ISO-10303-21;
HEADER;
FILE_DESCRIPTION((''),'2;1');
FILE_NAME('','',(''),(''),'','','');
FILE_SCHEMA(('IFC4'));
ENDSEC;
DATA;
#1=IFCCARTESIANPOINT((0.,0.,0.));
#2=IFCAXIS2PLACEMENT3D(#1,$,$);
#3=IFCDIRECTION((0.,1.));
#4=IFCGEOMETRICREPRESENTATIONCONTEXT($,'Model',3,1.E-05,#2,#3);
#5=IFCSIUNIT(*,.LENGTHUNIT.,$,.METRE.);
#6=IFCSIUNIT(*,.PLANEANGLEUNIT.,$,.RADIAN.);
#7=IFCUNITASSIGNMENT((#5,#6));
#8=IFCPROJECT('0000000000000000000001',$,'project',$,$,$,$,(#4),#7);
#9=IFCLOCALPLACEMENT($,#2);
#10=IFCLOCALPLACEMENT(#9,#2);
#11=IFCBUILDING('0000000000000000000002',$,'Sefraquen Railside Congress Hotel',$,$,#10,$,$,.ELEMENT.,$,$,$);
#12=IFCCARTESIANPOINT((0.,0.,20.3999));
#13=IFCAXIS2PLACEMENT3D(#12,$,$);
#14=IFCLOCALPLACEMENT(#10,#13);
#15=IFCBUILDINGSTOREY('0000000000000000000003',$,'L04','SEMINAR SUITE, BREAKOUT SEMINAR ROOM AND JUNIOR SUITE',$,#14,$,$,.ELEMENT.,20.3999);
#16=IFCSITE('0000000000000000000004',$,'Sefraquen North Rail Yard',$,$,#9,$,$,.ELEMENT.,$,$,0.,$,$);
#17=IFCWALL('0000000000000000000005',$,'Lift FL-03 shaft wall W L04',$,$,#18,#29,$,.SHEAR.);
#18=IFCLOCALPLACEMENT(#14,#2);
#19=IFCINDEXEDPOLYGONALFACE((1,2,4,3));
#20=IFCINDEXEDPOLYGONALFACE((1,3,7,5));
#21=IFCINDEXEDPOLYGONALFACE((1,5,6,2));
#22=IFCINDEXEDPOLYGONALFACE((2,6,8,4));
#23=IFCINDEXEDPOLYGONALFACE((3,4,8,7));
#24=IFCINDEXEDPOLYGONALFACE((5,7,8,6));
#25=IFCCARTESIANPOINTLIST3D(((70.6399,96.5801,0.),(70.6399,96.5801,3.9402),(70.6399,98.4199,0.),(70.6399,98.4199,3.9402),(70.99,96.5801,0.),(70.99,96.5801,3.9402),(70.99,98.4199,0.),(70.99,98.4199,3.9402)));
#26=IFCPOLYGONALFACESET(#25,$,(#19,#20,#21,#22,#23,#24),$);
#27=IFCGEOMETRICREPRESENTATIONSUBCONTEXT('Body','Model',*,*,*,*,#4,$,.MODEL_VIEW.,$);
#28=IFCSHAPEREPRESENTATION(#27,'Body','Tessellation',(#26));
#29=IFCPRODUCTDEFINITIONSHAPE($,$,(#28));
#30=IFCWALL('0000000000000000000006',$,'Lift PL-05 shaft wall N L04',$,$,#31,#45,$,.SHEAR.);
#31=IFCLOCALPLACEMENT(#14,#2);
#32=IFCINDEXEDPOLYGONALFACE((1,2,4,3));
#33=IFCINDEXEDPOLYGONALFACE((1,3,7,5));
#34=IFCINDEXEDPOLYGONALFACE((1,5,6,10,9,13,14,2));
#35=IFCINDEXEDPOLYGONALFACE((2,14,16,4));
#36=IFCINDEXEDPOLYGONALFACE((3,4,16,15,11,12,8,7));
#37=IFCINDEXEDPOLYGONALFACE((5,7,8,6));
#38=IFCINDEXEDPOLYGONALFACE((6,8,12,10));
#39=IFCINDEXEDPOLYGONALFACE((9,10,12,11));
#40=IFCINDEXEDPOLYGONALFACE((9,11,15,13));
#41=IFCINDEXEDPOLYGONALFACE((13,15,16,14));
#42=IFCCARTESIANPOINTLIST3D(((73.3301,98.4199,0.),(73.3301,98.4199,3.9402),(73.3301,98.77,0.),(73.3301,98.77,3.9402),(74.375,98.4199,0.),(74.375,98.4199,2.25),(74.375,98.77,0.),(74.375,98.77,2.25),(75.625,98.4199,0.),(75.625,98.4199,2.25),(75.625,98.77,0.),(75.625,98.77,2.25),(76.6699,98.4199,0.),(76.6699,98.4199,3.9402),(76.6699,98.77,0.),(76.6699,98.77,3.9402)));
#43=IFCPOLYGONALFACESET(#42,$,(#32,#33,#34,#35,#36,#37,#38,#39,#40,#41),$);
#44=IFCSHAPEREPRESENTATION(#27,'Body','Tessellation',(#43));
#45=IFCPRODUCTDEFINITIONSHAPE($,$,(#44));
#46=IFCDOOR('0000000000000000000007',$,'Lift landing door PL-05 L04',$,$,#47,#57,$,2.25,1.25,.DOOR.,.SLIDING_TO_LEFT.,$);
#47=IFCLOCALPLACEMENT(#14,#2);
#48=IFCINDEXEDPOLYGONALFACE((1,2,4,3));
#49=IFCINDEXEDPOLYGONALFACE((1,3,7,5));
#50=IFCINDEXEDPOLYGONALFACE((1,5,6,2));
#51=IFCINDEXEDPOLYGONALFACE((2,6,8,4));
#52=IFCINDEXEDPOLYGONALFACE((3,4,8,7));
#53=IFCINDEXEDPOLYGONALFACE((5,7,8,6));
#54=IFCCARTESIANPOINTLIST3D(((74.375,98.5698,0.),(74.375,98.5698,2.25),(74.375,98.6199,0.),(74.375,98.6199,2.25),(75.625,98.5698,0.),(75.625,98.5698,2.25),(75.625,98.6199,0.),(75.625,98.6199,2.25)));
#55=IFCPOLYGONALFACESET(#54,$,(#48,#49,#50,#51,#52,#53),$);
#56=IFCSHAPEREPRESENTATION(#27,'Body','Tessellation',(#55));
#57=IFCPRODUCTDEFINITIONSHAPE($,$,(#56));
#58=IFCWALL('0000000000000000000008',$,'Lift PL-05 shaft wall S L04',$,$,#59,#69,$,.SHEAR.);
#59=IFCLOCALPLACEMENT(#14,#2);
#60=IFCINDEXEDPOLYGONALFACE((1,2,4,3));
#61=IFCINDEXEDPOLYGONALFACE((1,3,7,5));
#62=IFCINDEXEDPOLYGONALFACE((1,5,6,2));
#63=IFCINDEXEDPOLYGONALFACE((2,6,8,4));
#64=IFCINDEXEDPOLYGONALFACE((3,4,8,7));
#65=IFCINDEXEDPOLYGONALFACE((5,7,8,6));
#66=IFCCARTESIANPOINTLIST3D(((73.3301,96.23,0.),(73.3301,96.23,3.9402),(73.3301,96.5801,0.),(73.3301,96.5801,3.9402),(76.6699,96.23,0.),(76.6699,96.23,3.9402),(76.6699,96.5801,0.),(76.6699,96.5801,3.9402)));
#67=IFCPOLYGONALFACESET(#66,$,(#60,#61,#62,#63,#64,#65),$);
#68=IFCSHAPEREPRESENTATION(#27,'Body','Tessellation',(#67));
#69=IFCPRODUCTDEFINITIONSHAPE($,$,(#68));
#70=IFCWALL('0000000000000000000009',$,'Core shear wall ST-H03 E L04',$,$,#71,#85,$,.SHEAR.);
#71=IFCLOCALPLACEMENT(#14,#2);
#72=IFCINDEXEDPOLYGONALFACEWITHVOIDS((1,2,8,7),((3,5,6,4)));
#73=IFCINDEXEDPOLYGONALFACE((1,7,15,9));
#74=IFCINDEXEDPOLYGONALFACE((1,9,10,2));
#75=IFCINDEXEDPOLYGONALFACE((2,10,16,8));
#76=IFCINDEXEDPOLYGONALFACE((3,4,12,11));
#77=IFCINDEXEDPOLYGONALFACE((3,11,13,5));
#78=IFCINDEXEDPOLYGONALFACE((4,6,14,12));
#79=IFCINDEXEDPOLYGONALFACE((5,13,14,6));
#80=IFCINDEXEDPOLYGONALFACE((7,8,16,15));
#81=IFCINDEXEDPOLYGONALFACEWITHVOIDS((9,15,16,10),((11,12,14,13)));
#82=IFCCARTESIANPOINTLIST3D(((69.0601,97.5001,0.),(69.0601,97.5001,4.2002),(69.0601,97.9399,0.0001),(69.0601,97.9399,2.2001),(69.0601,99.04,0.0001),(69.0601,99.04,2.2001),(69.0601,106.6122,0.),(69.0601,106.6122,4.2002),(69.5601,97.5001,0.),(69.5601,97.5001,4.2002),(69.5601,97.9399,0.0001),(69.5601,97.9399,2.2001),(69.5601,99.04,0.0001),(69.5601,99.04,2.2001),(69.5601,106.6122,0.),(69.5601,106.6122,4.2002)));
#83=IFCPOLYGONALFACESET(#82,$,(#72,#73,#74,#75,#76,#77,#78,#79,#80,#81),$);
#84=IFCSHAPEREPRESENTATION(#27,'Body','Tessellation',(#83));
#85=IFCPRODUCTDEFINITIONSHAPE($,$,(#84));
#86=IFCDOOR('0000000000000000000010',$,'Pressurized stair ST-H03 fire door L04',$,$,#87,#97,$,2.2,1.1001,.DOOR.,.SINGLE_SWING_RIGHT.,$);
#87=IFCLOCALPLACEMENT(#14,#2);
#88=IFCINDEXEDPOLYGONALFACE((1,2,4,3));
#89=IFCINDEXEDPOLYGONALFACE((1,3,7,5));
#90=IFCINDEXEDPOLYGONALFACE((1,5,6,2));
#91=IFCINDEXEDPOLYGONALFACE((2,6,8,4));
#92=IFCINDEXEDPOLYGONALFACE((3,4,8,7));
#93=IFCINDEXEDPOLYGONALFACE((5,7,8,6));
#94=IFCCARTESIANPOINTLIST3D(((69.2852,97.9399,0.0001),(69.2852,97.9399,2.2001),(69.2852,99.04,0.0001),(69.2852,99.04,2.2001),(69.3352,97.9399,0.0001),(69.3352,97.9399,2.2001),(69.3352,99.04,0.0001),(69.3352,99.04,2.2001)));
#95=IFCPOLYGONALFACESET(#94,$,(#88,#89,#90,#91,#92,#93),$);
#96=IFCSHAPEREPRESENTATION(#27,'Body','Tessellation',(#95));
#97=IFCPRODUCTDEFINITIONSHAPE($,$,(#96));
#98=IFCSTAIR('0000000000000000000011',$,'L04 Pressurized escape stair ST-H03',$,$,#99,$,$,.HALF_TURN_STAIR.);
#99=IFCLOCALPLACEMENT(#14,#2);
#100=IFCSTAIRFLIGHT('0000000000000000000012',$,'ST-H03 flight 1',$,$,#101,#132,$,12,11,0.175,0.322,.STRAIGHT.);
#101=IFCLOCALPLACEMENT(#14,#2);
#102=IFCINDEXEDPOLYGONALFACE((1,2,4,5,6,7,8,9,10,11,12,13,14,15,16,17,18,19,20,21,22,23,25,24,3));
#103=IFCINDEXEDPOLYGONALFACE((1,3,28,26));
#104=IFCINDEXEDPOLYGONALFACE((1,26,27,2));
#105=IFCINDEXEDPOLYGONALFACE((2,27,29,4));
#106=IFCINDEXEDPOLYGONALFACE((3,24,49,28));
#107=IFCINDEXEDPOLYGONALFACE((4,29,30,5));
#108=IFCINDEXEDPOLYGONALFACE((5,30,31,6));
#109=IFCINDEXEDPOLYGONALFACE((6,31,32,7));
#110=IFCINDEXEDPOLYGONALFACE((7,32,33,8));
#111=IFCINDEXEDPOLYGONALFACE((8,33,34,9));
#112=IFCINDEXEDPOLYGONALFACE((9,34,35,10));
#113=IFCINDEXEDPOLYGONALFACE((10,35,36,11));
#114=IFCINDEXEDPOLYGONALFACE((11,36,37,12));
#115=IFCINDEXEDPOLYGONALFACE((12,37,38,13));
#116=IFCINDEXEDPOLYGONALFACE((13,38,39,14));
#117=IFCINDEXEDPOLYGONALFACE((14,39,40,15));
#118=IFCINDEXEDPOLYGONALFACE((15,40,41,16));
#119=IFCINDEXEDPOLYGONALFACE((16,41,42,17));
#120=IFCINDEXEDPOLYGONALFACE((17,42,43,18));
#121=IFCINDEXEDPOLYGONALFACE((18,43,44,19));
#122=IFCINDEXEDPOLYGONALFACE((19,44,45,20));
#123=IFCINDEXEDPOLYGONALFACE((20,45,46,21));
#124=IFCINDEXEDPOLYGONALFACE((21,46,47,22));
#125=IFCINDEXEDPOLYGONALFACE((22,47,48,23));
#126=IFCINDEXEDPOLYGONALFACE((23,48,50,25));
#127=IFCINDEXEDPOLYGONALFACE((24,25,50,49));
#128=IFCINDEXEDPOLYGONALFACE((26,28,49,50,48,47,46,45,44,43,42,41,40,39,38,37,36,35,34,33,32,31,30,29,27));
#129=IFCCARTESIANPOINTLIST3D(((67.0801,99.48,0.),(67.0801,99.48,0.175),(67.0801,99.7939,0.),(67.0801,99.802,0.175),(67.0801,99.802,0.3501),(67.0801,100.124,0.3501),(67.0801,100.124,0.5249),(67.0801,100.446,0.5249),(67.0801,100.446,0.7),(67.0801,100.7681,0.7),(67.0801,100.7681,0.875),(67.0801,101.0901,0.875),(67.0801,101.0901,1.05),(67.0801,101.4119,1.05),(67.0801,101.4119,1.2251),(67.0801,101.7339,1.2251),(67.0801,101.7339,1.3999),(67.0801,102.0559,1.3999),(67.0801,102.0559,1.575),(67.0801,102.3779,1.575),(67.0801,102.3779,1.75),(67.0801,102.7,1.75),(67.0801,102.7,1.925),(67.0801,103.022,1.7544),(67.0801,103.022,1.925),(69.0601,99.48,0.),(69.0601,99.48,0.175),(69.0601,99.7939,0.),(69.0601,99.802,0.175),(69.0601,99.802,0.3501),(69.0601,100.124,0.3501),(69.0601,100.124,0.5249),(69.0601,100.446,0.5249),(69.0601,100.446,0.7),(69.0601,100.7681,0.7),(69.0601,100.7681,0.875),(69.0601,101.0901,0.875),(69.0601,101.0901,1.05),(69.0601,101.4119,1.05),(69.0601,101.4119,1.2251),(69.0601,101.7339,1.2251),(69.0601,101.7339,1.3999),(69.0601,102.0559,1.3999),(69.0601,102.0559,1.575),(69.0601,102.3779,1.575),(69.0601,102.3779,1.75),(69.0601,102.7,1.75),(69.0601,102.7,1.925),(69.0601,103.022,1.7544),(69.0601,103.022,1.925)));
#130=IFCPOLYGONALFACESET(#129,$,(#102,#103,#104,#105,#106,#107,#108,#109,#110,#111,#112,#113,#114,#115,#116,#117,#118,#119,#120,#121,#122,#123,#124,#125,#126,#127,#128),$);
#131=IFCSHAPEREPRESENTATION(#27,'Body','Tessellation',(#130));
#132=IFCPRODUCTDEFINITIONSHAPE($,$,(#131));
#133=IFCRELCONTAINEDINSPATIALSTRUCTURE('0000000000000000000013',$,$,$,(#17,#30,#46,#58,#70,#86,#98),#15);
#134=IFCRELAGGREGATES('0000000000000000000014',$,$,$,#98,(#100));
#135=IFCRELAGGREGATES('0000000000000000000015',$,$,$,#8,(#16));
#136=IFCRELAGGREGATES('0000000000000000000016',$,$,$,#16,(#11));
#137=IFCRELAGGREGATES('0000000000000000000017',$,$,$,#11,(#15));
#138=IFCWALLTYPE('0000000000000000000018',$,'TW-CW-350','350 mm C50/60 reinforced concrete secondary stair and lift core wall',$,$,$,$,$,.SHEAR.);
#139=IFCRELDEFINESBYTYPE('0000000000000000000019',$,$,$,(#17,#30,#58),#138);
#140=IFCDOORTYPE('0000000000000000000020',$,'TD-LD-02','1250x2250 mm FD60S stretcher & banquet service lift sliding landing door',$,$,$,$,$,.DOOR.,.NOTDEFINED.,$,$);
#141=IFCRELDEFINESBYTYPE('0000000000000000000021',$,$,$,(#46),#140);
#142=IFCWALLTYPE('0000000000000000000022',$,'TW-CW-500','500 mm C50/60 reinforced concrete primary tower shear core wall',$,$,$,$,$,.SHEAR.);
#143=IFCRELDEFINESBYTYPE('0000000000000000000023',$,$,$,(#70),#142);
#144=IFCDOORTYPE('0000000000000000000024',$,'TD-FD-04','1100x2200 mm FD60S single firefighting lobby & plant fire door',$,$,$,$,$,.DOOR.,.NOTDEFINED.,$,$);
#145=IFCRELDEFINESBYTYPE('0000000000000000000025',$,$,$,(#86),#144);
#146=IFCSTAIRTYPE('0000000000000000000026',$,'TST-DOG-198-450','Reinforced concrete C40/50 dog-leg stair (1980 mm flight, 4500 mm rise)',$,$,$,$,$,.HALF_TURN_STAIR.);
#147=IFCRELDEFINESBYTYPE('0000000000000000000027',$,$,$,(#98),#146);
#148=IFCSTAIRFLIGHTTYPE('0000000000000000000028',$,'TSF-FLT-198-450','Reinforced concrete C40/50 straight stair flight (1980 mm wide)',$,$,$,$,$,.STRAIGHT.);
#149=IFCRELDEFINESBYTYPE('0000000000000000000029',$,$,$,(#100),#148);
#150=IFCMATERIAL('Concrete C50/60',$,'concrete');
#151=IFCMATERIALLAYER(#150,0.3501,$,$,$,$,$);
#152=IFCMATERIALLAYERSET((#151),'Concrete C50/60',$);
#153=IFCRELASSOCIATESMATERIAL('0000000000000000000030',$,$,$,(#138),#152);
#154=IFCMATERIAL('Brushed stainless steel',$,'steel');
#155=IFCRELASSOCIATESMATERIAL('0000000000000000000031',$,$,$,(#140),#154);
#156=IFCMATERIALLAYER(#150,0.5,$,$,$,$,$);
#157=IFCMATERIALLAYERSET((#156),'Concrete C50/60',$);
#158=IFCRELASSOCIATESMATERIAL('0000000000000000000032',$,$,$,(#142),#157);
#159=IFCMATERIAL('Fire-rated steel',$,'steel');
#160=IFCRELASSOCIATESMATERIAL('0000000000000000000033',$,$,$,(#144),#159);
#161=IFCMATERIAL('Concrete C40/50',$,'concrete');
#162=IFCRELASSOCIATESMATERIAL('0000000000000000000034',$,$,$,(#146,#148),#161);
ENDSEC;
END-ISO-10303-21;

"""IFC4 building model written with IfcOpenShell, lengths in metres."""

from ifc_helpers import new_model, si_unit, direction, frame, frame_2d, origin, place, context, subcontext, project, spatial, polyline, rectangle, outline, extrude, material, layer, layer_set, type_object, element, fill, aggregate, save


model = new_model("IFC4")

# Units and contexts
model_context = context("Model", 3, precision=1e-05, world=origin(), true_north=direction((0.0, 1.0)))
body_context = subcontext(model_context, "Body", "Model", "MODEL_VIEW")
ifc_project = project(units=[si_unit("LENGTHUNIT", "METRE"), si_unit("PLANEANGLEUNIT", "RADIAN")], contexts=[model_context])

# Site, building, storey
site_placement = place(None, origin())
site = spatial("IfcSite", under=ifc_project, at=site_placement, Name="Sefraquen North Rail Yard", CompositionType="ELEMENT", RefElevation=0.0)
building_placement = place(site_placement, origin())
building = spatial("IfcBuilding", under=site, at=building_placement, Name="Sefraquen Railside Congress Hotel", CompositionType="ELEMENT")
storey_placement = place(building_placement, frame((0.0, 0.0, 20.3999)))
storey = spatial("IfcBuildingStorey", under=building, at=storey_placement, Name="L04", Description="SEMINAR SUITE, BREAKOUT SEMINAR ROOM AND JUNIOR SUITE", CompositionType="ELEMENT", Elevation=20.3999)

# Shared definitions
ifc_material_1 = material(Name="Concrete C50/60", Category="concrete")
ifc_layer_1 = layer(ifc_material_1, 0.3501)
ifc_layer_set_1 = layer_set([ifc_layer_1], Name="Concrete C50/60")
wall_type_1 = type_object("IfcWallType", Name="TW-CW-350", Description="350 mm C50/60 reinforced concrete secondary stair and lift core wall", PredefinedType="SHEAR", material=ifc_layer_set_1)

# Wall
wall_1_placement = place(storey_placement, frame((70.8149, 96.5801, 0.0), z_axis=(0.0, 0.0, 1.0), x_axis=(0.0, 1.0, 0.0)))
element("IfcWall", 1, at=wall_1_placement, inside=storey, type_object=wall_type_1, Name="Lift FL-03 shaft wall W L04", PredefinedType="SHEAR", context=body_context, shape_type="SweptSolid", body=[
    extrude(rectangle(XDim=1.8398, YDim=0.3501, at=frame_2d((0.9199, 0.0))), origin(), (0.0, 0.0, 1.0), 3.9402),
])

# Wall, opening, door
wall_2_placement = place(storey_placement, frame((73.3301, 98.595, 0.0), z_axis=(0.0, 0.0, 1.0), x_axis=(1.0, 0.0, 0.0)))
wall_2 = element("IfcWall", 2, at=wall_2_placement, inside=storey, type_object=wall_type_1, Name="Lift PL-05 shaft wall N L04", PredefinedType="SHEAR", context=body_context, shape_type="SweptSolid", body=[
    extrude(rectangle(XDim=3.3398, YDim=0.3501, at=frame_2d((1.6699, 0.0))), origin(), (0.0, 0.0, 1.0), 3.9402),
])
opening_1_placement = place(wall_2_placement, frame((1.0449, 0.0, 0.0)))
opening_1 = element("IfcOpeningElement", 3, at=opening_1_placement, cuts=wall_2, PredefinedType="OPENING", context=body_context, shape_type="SweptSolid", body=[
    extrude(rectangle(XDim=1.25, YDim=2.25, at=frame_2d((0.625, 1.125))), frame((0.0, 0.1851, 0.0), z_axis=(0.0, -1.0, 0.0), x_axis=(1.0, 0.0, 0.0)), (0.0, 0.0, 1.0), 0.3701),
])
ifc_material_2 = material(Name="Brushed stainless steel", Category="steel")
door_type_1 = type_object("IfcDoorType", Name="TD-LD-02", Description="1250x2250 mm FD60S stretcher & banquet service lift sliding landing door", OperationType="NOTDEFINED", PredefinedType="DOOR", material=ifc_material_2)
door_1_placement = place(opening_1_placement, origin())
door_1 = element("IfcDoor", 4, at=door_1_placement, inside=storey, type_object=door_type_1, Name="Lift landing door PL-05 L04", OperationType="SLIDING_TO_LEFT", OverallHeight=2.25, OverallWidth=1.25, PredefinedType="DOOR", context=body_context, shape_type="SweptSolid", body=[
    extrude(rectangle(XDim=1.25, YDim=2.25, at=frame_2d((0.625, 1.125))), frame((0.0, 0.0249, 0.0), z_axis=(0.0, -1.0, 0.0), x_axis=(1.0, 0.0, 0.0)), (0.0, 0.0, 1.0), 0.05),
])
fill(opening_1, door_1)

# Wall
wall_3_placement = place(storey_placement, frame((73.3301, 96.405, 0.0), z_axis=(0.0, 0.0, 1.0), x_axis=(1.0, 0.0, 0.0)))
element("IfcWall", 5, at=wall_3_placement, inside=storey, type_object=wall_type_1, Name="Lift PL-05 shaft wall S L04", PredefinedType="SHEAR", context=body_context, shape_type="SweptSolid", body=[
    extrude(rectangle(XDim=3.3398, YDim=0.3501, at=frame_2d((1.6699, 0.0))), origin(), (0.0, 0.0, 1.0), 3.9402),
])

# Wall, opening, door
ifc_layer_2 = layer(ifc_material_1, 0.5)
ifc_layer_set_2 = layer_set([ifc_layer_2], Name="Concrete C50/60")
wall_type_2 = type_object("IfcWallType", Name="TW-CW-500", Description="500 mm C50/60 reinforced concrete primary tower shear core wall", PredefinedType="SHEAR", material=ifc_layer_set_2)
wall_4_placement = place(storey_placement, frame((69.3101, 97.5, 0.0), z_axis=(0.0, 0.0, 1.0), x_axis=(0.0, 1.0, 0.0)))
wall_4 = element("IfcWall", 6, at=wall_4_placement, inside=storey, type_object=wall_type_2, Name="Core shear wall ST-H03 E L04", PredefinedType="SHEAR", context=body_context, shape_type="SweptSolid", body=[
    extrude(rectangle(XDim=9.1121, YDim=0.5, at=frame_2d((4.5562, 0.0))), origin(), (0.0, 0.0, 1.0), 4.2002),
])
opening_2_placement = place(wall_4_placement, frame((0.4399, 0.0, 0.0)))
opening_2 = element("IfcOpeningElement", 7, at=opening_2_placement, cuts=wall_4, PredefinedType="OPENING", context=body_context, shape_type="SweptSolid", body=[
    extrude(rectangle(XDim=1.1001, YDim=2.2, at=frame_2d((0.55, 1.1001))), frame((0.0, 0.26, 0.0), z_axis=(0.0, -1.0, 0.0), x_axis=(1.0, 0.0, 0.0)), (0.0, 0.0, 1.0), 0.52),
])
ifc_material_3 = material(Name="Fire-rated steel", Category="steel")
door_type_2 = type_object("IfcDoorType", Name="TD-FD-04", Description="1100x2200 mm FD60S single firefighting lobby & plant fire door", OperationType="NOTDEFINED", PredefinedType="DOOR", material=ifc_material_3)
door_2_placement = place(opening_2_placement, origin())
door_2 = element("IfcDoor", 8, at=door_2_placement, inside=storey, type_object=door_type_2, Name="Pressurized stair ST-H03 fire door L04", OperationType="SINGLE_SWING_RIGHT", OverallHeight=2.2, OverallWidth=1.1001, PredefinedType="DOOR", context=body_context, shape_type="SweptSolid", body=[
    extrude(rectangle(XDim=1.1001, YDim=2.2, at=frame_2d((0.55, 1.1001))), frame((0.0, 0.0249, 0.0), z_axis=(0.0, -1.0, 0.0), x_axis=(1.0, 0.0, 0.0)), (0.0, 0.0, 1.0), 0.05),
])
fill(opening_2, door_2)

# Stair, stair flight
ifc_material_4 = material(Name="Concrete C40/50", Category="concrete")
stair_type = type_object("IfcStairType", Name="TST-DOG-198-450", Description="Reinforced concrete C40/50 dog-leg stair (1980 mm flight, 4500 mm rise)", PredefinedType="HALF_TURN_STAIR", material=ifc_material_4)
stair_placement = place(storey_placement, origin())
stair = element("IfcStair", 9, at=stair_placement, inside=storey, type_object=stair_type, Name="L04 Pressurized escape stair ST-H03", PredefinedType="HALF_TURN_STAIR")
stair_flight_type = type_object("IfcStairFlightType", Name="TSF-FLT-198-450", Description="Reinforced concrete C40/50 straight stair flight (1980 mm wide)", PredefinedType="STRAIGHT", material=ifc_material_4)
stair_flight_placement = place(storey_placement, frame((68.0701, 99.48, 0.0), z_axis=(0.0, 0.0, 1.0), x_axis=(0.0, 1.0, 0.0)))
stair_flight = element("IfcStairFlight", 10, at=stair_flight_placement, type_object=stair_flight_type, Name="ST-H03 flight 1", NumberOfRisers=12, NumberOfTreads=11, PredefinedType="STRAIGHT", RiserHeight=0.175, TreadLength=0.322, context=body_context, shape_type="SweptSolid", body=[
    extrude(outline(polyline([(0.0, 0.0), (0.0, 0.175), (0.322, 0.175), (0.322, 0.3501), (0.644, 0.3501), (0.644, 0.5249), (0.9661, 0.5249), (0.9661, 0.7), (1.2881, 0.7), (1.2881, 0.875), (1.6101, 0.875), (1.6101, 1.05), (1.9319, 1.05), (1.9319, 1.2251), (2.2539, 1.2251), (2.2539, 1.3999), (2.5759, 1.3999), (2.5759, 1.575), (2.8979, 1.575), (2.8979, 1.75), (3.22, 1.75), (3.22, 1.925), (3.542, 1.925), (3.542, 2.1001), (3.542, 1.7544), (0.314, 0.0), (0.0, 0.0)])), frame((0.0, 0.99, 0.0), z_axis=(0.0, -1.0, 0.0), x_axis=(1.0, 0.0, 0.0)), (0.0, 0.0, 1.0), 1.98),
])
aggregate(stair, [stair_flight])

save(model, "model.ifc")
